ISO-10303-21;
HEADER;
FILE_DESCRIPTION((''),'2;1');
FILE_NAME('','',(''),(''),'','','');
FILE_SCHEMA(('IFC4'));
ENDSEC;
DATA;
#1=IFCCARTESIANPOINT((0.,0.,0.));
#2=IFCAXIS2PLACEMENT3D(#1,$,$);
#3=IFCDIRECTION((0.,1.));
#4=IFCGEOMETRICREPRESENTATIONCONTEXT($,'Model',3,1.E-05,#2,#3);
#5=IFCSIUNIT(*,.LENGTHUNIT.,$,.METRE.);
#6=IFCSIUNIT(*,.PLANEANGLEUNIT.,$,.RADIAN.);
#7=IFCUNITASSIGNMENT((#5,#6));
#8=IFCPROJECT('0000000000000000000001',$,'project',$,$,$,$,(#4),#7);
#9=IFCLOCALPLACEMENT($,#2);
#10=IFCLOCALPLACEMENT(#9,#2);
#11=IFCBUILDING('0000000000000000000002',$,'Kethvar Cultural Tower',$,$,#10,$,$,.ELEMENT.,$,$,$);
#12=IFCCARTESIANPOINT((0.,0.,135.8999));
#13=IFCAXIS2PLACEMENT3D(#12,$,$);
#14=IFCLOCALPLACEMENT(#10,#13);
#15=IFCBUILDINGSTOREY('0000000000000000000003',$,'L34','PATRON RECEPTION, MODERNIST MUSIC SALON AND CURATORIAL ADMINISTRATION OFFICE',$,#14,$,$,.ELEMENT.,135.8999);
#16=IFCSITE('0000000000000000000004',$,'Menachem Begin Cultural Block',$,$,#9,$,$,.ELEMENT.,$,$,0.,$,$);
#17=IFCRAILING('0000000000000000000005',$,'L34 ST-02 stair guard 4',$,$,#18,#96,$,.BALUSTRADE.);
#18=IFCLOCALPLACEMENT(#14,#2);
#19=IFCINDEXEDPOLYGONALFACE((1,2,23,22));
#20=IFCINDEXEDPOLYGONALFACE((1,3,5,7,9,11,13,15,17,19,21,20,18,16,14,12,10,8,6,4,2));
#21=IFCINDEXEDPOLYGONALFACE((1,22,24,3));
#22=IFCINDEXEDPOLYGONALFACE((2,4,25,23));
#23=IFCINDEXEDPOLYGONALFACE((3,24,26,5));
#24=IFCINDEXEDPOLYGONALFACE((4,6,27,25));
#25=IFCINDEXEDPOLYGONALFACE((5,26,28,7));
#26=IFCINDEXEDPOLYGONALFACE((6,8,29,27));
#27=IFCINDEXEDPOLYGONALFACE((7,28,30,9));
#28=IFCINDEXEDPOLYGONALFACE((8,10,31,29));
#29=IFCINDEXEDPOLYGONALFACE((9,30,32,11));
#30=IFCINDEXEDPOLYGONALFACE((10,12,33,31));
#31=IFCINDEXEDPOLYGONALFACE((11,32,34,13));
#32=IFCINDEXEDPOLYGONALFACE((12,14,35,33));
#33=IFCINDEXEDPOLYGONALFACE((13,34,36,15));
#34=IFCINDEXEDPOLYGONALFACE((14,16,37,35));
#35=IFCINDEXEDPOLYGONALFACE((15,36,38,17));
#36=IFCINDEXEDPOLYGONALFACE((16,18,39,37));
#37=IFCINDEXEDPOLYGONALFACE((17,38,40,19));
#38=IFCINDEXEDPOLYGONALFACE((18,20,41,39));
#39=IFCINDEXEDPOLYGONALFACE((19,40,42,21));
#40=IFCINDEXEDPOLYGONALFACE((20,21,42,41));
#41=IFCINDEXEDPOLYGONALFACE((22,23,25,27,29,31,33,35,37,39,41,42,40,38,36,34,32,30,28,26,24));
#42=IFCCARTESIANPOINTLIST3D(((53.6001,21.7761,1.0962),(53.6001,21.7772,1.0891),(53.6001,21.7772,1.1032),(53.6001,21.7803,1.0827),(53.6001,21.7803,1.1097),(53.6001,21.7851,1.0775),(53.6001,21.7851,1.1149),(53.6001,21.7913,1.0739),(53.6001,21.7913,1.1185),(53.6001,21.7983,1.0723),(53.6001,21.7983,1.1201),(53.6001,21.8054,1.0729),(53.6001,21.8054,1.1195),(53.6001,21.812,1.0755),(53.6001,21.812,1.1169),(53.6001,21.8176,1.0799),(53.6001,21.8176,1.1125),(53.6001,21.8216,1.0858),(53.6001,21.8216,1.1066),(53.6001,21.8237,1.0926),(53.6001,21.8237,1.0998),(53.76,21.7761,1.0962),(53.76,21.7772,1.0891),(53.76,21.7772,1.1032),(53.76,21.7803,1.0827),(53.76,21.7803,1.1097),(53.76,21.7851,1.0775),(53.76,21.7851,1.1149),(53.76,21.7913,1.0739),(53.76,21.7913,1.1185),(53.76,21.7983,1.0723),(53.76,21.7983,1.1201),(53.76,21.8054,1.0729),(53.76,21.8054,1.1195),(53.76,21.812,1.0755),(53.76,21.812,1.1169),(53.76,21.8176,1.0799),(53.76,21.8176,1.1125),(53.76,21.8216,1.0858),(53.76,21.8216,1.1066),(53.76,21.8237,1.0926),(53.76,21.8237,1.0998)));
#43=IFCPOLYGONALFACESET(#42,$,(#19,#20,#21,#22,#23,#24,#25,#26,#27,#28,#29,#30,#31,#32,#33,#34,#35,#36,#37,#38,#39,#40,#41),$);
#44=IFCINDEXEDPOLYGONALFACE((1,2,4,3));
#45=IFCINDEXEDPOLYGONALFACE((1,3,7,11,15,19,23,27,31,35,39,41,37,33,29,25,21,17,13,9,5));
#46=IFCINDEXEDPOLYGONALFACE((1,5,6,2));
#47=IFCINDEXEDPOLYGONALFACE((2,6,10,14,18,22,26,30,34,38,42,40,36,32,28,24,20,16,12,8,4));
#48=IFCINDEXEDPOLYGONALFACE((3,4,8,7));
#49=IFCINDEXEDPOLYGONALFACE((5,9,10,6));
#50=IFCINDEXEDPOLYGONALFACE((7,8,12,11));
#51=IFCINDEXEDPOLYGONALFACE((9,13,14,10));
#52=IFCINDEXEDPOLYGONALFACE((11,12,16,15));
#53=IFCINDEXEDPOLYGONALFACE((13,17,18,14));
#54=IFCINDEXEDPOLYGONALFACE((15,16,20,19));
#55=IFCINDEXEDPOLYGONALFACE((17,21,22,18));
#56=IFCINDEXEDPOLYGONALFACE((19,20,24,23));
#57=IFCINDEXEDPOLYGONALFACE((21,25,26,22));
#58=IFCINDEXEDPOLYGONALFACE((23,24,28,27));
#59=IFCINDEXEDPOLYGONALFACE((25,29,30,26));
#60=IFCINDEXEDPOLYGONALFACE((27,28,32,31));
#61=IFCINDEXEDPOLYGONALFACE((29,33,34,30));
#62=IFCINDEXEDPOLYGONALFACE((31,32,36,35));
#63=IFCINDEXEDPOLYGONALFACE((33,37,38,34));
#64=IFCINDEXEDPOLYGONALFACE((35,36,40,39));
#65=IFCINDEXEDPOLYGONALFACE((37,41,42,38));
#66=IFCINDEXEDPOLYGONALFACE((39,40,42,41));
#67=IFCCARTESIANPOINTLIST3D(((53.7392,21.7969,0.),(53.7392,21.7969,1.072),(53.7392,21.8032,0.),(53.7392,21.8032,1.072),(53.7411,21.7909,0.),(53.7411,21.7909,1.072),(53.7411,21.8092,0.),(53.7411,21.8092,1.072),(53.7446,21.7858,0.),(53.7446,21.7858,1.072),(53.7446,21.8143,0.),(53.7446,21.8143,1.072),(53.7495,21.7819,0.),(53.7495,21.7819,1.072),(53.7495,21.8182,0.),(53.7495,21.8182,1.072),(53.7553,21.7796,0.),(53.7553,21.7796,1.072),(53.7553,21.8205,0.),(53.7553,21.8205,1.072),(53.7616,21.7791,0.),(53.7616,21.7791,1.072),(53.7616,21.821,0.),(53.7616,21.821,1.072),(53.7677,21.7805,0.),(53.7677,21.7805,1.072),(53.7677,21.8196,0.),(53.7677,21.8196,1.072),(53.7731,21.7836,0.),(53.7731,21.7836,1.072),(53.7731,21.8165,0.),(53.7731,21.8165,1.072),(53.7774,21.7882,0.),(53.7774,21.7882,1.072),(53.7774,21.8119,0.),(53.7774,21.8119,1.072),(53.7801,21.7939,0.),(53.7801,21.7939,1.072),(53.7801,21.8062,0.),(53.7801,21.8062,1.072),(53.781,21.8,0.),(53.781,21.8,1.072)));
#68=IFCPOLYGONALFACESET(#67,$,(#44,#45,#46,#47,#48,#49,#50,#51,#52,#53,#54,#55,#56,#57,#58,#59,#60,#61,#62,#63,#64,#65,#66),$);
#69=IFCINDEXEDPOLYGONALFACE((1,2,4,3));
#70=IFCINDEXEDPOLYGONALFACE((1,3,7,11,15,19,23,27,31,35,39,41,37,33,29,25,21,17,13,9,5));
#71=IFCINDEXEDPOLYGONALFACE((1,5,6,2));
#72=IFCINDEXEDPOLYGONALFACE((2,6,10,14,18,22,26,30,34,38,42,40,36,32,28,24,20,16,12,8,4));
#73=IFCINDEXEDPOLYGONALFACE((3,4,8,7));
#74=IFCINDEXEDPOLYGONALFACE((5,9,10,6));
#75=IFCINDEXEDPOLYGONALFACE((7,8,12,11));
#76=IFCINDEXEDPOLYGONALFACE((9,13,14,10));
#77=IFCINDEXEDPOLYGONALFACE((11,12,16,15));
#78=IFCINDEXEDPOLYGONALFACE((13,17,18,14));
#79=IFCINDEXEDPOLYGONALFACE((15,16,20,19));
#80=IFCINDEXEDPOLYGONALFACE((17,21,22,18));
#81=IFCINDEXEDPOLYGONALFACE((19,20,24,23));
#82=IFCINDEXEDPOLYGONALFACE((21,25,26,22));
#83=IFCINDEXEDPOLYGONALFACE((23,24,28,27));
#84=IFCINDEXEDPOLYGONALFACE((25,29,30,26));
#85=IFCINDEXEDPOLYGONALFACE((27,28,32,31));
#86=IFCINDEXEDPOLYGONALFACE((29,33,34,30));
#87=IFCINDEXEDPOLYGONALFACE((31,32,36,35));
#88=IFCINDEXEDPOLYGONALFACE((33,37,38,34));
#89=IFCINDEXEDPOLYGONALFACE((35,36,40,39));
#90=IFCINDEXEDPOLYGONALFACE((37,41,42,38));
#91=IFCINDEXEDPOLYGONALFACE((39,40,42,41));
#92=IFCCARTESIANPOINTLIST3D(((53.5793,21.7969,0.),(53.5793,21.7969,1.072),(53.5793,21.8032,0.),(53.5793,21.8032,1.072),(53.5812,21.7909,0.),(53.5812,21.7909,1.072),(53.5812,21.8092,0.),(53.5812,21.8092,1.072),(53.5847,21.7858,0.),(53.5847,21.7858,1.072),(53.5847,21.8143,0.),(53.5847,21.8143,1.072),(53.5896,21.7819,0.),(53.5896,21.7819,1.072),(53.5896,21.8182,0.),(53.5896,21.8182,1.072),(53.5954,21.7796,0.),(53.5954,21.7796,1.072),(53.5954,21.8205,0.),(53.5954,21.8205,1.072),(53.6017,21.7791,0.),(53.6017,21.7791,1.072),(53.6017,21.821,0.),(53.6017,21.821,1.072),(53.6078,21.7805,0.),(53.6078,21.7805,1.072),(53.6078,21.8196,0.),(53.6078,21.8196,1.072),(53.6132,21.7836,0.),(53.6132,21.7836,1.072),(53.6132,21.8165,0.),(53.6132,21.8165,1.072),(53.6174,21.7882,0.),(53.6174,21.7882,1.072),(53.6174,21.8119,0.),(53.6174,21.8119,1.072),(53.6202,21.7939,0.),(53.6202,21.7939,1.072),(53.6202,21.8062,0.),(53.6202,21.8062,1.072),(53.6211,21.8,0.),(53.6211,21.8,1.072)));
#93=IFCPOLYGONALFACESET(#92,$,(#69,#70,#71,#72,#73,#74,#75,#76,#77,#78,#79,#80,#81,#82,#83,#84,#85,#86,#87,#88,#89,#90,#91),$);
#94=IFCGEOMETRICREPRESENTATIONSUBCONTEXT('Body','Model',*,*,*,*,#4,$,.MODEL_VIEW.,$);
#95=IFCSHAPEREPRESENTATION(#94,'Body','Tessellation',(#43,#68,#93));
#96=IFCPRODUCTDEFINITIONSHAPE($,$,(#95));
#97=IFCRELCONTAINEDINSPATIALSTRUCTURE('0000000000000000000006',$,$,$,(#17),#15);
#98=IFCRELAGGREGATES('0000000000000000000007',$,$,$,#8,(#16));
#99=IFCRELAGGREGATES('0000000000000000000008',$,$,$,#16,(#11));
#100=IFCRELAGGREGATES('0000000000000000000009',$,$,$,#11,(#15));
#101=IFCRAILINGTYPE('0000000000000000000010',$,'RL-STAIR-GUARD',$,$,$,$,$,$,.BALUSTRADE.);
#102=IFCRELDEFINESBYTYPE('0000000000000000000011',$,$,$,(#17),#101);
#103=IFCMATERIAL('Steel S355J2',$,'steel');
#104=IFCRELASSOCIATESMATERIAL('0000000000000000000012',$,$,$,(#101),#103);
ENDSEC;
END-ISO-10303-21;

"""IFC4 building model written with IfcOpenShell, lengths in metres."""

from ifc_helpers import new_model, si_unit, direction, frame, origin, origin_2d, place, context, subcontext, project, spatial, circle, extrude, material, type_object, element, save


model = new_model("IFC4")

# Units and contexts
model_context = context("Model", 3, precision=1e-05, world=origin(), true_north=direction((0.0, 1.0)))
body_context = subcontext(model_context, "Body", "Model", "MODEL_VIEW")
ifc_project = project(units=[si_unit("LENGTHUNIT", "METRE"), si_unit("PLANEANGLEUNIT", "RADIAN")], contexts=[model_context])

# Site, building, storey
site_placement = place(None, origin())
site = spatial("IfcSite", under=ifc_project, at=site_placement, Name="Menachem Begin Cultural Block", CompositionType="ELEMENT", RefElevation=0.0)
building_placement = place(site_placement, origin())
building = spatial("IfcBuilding", under=site, at=building_placement, Name="Kethvar Cultural Tower", CompositionType="ELEMENT")
storey_placement = place(building_placement, frame((0.0, 0.0, 135.8999)))
storey = spatial("IfcBuildingStorey", under=building, at=storey_placement, Name="L34", Description="PATRON RECEPTION, MODERNIST MUSIC SALON AND CURATORIAL ADMINISTRATION OFFICE", CompositionType="ELEMENT", Elevation=135.8999)

# Shared definitions
ifc_material_1 = material(Name="Steel S355J2", Category="steel")

# Railing
railing_type_1 = type_object("IfcRailingType", Name="RL-STAIR-GUARD", PredefinedType="BALUSTRADE", material=ifc_material_1)
railing_1_placement = place(storey_placement, frame((53.76, 21.8, 0.0)))
element("IfcRailing", 1, at=railing_1_placement, inside=storey, type_object=railing_type_1, Name="L34 ST-02 stair guard 4", PredefinedType="BALUSTRADE", context=body_context, shape_type="SweptSolid", body=[
    extrude(circle(Radius=0.0239, at=origin_2d()), frame((0.0, 0.0, 1.0962), z_axis=(-1.0, 0.0, 0.0), x_axis=(0.0, -1.0, 0.0)), (0.0, 0.0, 1.0), 0.1599),
    extrude(circle(Radius=0.021, at=origin_2d()), origin(), (0.0, 0.0, 1.0), 1.072),
    extrude(circle(Radius=0.021, at=origin_2d()), frame((-0.1599, 0.0, 0.0)), (0.0, 0.0, 1.0), 1.072),
])

save(model, "model.ifc")
